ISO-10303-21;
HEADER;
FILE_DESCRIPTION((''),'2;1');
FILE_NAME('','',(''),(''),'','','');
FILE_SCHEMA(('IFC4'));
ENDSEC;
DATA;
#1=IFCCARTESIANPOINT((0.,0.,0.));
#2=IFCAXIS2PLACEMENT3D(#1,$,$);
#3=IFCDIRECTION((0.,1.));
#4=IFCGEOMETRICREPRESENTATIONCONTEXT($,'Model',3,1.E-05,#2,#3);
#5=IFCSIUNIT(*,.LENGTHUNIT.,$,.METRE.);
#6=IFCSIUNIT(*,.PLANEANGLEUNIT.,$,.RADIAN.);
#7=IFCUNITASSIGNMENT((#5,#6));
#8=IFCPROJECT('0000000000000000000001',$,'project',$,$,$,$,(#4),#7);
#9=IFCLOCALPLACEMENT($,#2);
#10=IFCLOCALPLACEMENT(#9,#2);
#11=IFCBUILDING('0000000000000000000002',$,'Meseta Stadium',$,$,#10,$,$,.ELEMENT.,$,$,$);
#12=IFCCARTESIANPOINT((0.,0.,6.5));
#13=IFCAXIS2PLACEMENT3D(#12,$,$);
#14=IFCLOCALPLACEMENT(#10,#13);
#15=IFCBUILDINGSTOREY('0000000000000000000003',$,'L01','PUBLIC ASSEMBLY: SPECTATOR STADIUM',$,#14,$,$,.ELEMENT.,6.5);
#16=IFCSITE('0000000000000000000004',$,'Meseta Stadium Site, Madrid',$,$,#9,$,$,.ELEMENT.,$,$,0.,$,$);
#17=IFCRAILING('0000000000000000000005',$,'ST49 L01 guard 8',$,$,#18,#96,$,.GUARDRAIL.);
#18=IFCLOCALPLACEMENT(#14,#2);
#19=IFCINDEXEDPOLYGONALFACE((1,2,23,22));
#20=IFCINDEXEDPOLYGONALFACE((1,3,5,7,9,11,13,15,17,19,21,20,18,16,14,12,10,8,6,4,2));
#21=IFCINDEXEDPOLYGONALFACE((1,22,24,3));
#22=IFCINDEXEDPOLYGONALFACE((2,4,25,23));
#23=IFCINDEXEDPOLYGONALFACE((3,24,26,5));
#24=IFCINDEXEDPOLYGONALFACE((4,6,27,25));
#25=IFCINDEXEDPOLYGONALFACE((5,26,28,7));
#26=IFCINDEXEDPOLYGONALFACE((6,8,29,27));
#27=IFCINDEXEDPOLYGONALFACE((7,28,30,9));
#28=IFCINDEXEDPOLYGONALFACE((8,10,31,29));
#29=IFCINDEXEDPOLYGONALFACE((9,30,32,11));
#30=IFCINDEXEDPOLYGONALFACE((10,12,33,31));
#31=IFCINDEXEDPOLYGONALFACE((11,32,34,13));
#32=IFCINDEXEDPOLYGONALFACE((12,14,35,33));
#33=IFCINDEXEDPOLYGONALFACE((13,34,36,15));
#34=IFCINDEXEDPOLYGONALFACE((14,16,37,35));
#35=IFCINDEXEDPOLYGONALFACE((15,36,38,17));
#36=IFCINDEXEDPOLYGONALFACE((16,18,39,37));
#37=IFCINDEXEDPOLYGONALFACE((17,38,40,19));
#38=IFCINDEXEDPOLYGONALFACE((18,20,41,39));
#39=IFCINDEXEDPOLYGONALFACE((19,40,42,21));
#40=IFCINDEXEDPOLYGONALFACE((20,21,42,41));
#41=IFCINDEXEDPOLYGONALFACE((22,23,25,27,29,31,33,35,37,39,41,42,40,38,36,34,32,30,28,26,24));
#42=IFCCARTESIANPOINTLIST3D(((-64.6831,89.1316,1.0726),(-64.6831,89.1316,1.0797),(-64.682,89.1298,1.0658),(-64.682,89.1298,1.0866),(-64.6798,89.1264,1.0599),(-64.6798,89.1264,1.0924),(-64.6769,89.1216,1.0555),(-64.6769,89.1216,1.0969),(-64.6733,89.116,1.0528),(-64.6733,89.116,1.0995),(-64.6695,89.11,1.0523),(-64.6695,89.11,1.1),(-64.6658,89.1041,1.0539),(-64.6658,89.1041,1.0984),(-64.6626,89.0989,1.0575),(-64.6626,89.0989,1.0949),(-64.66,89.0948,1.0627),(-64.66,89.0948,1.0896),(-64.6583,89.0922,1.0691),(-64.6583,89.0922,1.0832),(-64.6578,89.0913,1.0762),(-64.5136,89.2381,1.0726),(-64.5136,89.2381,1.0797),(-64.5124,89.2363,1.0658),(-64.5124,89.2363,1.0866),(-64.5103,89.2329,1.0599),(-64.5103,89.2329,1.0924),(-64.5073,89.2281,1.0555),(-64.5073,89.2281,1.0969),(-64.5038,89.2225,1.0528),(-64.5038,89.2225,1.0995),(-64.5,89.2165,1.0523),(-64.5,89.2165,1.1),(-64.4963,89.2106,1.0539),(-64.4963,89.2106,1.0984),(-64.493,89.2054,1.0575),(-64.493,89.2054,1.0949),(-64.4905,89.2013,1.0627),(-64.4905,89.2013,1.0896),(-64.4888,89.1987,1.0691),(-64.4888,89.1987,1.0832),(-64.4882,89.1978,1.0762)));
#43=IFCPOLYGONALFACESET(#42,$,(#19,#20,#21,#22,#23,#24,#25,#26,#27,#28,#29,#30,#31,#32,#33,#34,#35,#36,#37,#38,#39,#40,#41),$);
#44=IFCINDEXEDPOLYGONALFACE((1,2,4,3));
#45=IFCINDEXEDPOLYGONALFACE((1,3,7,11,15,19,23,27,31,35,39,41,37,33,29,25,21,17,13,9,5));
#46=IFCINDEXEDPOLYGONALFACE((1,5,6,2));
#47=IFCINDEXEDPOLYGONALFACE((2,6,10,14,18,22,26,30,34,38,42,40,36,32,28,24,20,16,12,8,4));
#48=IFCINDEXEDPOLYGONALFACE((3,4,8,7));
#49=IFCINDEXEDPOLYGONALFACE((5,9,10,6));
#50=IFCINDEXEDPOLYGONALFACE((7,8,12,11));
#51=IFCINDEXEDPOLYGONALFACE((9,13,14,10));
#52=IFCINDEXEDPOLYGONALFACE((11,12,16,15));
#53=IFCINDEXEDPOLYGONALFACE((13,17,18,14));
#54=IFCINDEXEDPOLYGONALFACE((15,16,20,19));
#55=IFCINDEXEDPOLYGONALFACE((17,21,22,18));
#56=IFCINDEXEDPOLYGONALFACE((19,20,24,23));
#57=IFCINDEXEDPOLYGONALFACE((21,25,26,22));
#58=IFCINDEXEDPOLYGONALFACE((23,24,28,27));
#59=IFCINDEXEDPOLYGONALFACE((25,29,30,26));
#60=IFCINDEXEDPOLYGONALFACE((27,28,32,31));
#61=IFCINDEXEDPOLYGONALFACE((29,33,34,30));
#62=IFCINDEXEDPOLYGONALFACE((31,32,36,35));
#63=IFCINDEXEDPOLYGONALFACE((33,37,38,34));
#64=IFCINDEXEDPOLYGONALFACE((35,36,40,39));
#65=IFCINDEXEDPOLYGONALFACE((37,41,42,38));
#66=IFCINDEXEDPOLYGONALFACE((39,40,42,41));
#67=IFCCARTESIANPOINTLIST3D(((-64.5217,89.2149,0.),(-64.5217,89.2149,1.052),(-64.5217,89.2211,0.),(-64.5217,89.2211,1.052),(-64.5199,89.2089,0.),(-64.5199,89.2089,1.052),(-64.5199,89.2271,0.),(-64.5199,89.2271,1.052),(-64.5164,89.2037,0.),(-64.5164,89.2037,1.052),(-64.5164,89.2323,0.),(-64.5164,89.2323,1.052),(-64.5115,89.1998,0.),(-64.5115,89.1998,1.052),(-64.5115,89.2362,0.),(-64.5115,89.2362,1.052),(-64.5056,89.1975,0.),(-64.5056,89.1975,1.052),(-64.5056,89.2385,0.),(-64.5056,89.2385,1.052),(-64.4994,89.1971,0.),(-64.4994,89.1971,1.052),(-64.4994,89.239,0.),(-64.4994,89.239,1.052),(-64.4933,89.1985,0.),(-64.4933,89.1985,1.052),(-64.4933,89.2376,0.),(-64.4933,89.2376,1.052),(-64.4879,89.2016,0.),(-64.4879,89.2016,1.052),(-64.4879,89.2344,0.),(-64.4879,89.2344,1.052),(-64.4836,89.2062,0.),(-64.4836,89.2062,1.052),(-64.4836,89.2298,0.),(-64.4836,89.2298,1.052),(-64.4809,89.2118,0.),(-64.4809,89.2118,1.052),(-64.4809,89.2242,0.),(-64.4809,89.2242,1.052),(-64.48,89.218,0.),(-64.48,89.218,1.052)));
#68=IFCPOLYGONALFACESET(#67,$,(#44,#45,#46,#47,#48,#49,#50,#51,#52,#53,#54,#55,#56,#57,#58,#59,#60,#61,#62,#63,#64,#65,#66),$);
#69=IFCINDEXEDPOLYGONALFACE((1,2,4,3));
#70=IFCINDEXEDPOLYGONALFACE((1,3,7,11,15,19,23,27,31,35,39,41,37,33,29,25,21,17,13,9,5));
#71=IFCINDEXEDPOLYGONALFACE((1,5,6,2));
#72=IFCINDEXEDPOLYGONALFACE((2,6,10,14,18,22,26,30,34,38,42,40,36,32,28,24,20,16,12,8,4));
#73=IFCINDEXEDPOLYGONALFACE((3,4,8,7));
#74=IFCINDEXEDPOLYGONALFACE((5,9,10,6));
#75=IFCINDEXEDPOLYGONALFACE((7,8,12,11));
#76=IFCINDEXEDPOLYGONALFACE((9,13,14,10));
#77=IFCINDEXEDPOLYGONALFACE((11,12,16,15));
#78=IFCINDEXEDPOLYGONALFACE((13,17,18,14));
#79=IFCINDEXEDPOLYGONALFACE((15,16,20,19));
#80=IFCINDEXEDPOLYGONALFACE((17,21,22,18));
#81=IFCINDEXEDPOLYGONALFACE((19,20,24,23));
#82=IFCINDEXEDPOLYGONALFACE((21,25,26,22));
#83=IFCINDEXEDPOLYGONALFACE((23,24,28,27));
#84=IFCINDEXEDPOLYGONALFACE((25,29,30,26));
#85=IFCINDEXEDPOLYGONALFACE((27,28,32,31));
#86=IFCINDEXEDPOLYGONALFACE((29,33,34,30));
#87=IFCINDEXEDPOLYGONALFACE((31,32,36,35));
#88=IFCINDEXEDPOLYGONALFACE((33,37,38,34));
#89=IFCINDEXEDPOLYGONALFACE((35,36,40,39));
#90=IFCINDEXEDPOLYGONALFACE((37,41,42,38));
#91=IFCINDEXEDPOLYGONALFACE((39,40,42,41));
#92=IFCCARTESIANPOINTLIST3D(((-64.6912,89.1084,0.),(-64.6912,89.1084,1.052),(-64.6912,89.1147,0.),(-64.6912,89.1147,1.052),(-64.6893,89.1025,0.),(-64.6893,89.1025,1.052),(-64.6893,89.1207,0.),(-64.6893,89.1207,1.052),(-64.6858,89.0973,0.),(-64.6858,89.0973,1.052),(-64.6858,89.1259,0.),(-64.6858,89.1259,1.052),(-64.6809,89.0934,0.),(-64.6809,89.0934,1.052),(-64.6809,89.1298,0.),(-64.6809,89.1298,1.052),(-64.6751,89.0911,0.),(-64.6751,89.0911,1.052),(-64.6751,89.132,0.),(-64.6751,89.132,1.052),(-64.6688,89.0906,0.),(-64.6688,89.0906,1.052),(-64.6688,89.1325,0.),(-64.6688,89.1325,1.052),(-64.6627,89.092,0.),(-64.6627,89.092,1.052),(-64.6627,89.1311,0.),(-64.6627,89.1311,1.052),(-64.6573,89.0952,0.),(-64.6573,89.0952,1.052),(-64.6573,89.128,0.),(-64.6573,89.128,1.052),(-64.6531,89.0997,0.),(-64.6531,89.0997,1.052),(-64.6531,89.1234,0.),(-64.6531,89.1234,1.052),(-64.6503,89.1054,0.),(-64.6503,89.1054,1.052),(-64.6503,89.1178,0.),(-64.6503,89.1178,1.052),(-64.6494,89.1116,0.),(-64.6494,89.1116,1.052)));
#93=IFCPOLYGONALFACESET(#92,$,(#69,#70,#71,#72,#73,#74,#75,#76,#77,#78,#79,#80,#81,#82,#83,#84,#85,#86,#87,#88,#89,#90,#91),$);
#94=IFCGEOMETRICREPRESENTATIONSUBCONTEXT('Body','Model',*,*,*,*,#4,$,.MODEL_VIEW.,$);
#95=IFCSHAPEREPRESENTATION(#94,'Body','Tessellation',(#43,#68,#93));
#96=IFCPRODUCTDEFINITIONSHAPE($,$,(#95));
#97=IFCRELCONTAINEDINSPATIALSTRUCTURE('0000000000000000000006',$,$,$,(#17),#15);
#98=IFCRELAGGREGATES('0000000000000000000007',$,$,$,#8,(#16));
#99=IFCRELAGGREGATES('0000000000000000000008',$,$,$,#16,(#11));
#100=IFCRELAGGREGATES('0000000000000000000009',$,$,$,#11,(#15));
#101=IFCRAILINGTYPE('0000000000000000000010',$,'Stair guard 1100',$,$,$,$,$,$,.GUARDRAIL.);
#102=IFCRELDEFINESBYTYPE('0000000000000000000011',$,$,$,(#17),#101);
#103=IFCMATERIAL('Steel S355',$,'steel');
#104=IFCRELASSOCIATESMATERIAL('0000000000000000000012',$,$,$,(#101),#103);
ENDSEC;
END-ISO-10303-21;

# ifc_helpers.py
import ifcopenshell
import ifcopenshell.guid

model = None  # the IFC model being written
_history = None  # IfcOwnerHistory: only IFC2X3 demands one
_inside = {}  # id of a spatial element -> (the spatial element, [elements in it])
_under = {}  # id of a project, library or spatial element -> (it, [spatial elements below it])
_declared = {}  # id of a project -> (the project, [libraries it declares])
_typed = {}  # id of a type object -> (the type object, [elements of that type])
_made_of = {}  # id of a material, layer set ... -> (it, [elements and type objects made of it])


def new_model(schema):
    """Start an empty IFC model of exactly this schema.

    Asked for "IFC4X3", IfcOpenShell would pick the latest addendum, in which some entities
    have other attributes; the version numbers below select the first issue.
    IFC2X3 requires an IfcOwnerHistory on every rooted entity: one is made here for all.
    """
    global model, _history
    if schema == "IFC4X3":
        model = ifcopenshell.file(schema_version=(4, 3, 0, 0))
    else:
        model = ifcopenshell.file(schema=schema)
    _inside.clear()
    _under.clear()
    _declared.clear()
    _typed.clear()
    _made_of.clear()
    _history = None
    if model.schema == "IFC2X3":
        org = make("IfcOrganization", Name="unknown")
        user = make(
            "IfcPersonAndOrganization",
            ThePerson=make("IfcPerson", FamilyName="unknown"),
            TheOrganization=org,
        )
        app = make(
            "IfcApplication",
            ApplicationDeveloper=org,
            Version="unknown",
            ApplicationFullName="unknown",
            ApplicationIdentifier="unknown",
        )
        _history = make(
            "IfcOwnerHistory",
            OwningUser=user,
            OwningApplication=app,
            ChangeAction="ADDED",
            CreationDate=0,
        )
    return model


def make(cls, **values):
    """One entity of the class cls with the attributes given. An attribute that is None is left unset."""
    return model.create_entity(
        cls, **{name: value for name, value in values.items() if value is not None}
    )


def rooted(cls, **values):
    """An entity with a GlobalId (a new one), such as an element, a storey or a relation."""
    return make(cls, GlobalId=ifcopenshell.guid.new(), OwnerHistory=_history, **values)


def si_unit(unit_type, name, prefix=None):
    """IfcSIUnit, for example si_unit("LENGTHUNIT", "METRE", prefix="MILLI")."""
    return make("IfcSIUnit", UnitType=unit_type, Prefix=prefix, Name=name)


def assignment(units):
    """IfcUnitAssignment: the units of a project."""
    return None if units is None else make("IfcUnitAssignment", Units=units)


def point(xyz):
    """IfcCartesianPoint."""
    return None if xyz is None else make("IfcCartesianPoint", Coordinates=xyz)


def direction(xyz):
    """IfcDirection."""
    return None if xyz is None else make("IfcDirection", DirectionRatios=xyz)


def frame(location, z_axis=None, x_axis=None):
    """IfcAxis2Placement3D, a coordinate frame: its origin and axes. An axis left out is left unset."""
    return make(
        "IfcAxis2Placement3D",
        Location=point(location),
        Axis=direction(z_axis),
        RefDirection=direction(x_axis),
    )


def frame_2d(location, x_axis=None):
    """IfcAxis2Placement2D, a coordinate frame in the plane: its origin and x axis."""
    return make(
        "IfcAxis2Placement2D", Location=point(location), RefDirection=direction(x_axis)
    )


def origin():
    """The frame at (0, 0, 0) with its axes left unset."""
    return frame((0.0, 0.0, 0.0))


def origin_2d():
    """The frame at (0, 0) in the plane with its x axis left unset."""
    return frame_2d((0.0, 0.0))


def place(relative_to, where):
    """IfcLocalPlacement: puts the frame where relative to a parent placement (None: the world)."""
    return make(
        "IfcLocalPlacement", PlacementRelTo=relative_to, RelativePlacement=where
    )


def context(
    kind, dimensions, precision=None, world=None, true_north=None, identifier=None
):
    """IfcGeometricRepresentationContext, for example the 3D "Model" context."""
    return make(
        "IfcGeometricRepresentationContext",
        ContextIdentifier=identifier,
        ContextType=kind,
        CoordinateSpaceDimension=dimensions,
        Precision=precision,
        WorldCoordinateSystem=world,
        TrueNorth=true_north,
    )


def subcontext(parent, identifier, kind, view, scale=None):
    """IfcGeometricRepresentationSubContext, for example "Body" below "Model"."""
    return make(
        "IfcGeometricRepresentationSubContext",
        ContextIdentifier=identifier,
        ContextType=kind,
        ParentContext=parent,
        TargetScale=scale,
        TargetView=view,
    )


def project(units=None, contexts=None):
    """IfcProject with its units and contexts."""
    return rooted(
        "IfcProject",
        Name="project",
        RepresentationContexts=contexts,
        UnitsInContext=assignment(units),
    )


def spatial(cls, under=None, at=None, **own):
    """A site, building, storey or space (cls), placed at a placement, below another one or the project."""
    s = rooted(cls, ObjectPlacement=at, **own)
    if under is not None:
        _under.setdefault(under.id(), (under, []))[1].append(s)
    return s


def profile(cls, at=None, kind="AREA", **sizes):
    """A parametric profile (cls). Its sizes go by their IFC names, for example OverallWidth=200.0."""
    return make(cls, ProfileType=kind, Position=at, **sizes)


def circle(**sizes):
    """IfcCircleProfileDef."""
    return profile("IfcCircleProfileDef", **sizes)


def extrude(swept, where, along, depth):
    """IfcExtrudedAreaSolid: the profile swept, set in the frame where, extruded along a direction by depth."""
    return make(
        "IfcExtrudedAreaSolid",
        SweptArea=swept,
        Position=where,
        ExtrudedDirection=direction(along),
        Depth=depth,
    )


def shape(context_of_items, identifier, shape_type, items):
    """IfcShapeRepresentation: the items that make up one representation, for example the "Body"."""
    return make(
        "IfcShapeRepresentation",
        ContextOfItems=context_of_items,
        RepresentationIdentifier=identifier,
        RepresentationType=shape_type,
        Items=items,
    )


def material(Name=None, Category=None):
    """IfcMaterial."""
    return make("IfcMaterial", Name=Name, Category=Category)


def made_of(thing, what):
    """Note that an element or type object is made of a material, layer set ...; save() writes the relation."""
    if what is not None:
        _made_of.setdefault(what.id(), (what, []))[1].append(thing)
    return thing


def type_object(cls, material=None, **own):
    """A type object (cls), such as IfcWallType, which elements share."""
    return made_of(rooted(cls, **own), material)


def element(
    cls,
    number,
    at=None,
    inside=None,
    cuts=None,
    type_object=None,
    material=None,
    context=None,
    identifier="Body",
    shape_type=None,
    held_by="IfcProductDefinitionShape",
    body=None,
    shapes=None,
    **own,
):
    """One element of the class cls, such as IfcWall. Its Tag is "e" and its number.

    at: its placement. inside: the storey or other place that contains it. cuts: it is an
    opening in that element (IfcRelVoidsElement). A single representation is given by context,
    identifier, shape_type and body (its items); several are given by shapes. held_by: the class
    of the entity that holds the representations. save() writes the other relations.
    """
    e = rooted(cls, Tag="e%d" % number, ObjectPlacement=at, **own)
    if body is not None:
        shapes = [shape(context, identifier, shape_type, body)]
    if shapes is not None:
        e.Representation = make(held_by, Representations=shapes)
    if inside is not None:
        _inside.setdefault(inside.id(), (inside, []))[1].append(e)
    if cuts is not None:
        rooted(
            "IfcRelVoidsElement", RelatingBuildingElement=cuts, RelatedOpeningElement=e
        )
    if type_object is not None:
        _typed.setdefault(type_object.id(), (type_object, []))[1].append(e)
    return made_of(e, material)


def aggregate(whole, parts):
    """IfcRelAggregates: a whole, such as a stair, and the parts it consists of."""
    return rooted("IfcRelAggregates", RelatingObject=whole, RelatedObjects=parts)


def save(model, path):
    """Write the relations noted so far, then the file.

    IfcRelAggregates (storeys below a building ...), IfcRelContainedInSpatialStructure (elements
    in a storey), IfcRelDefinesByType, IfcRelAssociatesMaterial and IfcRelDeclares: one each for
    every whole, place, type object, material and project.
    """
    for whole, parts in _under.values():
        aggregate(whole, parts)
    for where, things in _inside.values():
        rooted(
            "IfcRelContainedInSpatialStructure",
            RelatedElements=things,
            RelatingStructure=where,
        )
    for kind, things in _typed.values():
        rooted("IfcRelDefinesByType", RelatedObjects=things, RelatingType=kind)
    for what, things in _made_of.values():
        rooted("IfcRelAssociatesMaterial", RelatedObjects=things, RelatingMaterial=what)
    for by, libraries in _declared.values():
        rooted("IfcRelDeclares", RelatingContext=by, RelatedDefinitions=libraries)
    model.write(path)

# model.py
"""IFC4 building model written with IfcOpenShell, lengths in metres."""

from ifc_helpers import new_model, si_unit, direction, frame, origin, origin_2d, place, context, subcontext, project, spatial, circle, extrude, material, type_object, element, save


model = new_model("IFC4")

# Units and contexts
model_context = context("Model", 3, precision=1e-05, world=origin(), true_north=direction((0.0, 1.0)))
body_context = subcontext(model_context, "Body", "Model", "MODEL_VIEW")
ifc_project = project(units=[si_unit("LENGTHUNIT", "METRE"), si_unit("PLANEANGLEUNIT", "RADIAN")], contexts=[model_context])

# Site, building, storey
site_placement = place(None, origin())
site = spatial("IfcSite", under=ifc_project, at=site_placement, Name="Meseta Stadium Site, Madrid", CompositionType="ELEMENT", RefElevation=0.0)
building_placement = place(site_placement, origin())
building = spatial("IfcBuilding", under=site, at=building_placement, Name="Meseta Stadium", CompositionType="ELEMENT")
storey_placement = place(building_placement, frame((0.0, 0.0, 6.5)))
storey = spatial("IfcBuildingStorey", under=building, at=storey_placement, Name="L01", Description="PUBLIC ASSEMBLY: SPECTATOR STADIUM", CompositionType="ELEMENT", Elevation=6.5)

# Railing
ifc_material_1 = material(Name="Steel S355", Category="steel")
railing_type_1 = type_object("IfcRailingType", Name="Stair guard 1100", PredefinedType="GUARDRAIL", material=ifc_material_1)
railing_1_placement = place(storey_placement, frame((-64.501, 89.218, 0.0)))
element("IfcRailing", 1, at=railing_1_placement, inside=storey, type_object=railing_type_1, Name="ST49 L01 guard 8", PredefinedType="GUARDRAIL", context=body_context, shape_type="SweptSolid", body=[
    extrude(circle(Radius=0.0239, at=origin_2d()), frame((0.0, 0.0, 1.0762), z_axis=(-0.846762, -0.531972, 0.0), x_axis=(0.531972, -0.846762, 0.0)), (0.0, 0.0, 1.0), 0.2002),
    extrude(circle(Radius=0.021, at=origin_2d()), origin(), (0.0, 0.0, 1.0), 1.052),
    extrude(circle(Radius=0.021, at=origin_2d()), frame((-0.1694, -0.1064, 0.0)), (0.0, 0.0, 1.0), 1.052),
])

save(model, "model.ifc")
